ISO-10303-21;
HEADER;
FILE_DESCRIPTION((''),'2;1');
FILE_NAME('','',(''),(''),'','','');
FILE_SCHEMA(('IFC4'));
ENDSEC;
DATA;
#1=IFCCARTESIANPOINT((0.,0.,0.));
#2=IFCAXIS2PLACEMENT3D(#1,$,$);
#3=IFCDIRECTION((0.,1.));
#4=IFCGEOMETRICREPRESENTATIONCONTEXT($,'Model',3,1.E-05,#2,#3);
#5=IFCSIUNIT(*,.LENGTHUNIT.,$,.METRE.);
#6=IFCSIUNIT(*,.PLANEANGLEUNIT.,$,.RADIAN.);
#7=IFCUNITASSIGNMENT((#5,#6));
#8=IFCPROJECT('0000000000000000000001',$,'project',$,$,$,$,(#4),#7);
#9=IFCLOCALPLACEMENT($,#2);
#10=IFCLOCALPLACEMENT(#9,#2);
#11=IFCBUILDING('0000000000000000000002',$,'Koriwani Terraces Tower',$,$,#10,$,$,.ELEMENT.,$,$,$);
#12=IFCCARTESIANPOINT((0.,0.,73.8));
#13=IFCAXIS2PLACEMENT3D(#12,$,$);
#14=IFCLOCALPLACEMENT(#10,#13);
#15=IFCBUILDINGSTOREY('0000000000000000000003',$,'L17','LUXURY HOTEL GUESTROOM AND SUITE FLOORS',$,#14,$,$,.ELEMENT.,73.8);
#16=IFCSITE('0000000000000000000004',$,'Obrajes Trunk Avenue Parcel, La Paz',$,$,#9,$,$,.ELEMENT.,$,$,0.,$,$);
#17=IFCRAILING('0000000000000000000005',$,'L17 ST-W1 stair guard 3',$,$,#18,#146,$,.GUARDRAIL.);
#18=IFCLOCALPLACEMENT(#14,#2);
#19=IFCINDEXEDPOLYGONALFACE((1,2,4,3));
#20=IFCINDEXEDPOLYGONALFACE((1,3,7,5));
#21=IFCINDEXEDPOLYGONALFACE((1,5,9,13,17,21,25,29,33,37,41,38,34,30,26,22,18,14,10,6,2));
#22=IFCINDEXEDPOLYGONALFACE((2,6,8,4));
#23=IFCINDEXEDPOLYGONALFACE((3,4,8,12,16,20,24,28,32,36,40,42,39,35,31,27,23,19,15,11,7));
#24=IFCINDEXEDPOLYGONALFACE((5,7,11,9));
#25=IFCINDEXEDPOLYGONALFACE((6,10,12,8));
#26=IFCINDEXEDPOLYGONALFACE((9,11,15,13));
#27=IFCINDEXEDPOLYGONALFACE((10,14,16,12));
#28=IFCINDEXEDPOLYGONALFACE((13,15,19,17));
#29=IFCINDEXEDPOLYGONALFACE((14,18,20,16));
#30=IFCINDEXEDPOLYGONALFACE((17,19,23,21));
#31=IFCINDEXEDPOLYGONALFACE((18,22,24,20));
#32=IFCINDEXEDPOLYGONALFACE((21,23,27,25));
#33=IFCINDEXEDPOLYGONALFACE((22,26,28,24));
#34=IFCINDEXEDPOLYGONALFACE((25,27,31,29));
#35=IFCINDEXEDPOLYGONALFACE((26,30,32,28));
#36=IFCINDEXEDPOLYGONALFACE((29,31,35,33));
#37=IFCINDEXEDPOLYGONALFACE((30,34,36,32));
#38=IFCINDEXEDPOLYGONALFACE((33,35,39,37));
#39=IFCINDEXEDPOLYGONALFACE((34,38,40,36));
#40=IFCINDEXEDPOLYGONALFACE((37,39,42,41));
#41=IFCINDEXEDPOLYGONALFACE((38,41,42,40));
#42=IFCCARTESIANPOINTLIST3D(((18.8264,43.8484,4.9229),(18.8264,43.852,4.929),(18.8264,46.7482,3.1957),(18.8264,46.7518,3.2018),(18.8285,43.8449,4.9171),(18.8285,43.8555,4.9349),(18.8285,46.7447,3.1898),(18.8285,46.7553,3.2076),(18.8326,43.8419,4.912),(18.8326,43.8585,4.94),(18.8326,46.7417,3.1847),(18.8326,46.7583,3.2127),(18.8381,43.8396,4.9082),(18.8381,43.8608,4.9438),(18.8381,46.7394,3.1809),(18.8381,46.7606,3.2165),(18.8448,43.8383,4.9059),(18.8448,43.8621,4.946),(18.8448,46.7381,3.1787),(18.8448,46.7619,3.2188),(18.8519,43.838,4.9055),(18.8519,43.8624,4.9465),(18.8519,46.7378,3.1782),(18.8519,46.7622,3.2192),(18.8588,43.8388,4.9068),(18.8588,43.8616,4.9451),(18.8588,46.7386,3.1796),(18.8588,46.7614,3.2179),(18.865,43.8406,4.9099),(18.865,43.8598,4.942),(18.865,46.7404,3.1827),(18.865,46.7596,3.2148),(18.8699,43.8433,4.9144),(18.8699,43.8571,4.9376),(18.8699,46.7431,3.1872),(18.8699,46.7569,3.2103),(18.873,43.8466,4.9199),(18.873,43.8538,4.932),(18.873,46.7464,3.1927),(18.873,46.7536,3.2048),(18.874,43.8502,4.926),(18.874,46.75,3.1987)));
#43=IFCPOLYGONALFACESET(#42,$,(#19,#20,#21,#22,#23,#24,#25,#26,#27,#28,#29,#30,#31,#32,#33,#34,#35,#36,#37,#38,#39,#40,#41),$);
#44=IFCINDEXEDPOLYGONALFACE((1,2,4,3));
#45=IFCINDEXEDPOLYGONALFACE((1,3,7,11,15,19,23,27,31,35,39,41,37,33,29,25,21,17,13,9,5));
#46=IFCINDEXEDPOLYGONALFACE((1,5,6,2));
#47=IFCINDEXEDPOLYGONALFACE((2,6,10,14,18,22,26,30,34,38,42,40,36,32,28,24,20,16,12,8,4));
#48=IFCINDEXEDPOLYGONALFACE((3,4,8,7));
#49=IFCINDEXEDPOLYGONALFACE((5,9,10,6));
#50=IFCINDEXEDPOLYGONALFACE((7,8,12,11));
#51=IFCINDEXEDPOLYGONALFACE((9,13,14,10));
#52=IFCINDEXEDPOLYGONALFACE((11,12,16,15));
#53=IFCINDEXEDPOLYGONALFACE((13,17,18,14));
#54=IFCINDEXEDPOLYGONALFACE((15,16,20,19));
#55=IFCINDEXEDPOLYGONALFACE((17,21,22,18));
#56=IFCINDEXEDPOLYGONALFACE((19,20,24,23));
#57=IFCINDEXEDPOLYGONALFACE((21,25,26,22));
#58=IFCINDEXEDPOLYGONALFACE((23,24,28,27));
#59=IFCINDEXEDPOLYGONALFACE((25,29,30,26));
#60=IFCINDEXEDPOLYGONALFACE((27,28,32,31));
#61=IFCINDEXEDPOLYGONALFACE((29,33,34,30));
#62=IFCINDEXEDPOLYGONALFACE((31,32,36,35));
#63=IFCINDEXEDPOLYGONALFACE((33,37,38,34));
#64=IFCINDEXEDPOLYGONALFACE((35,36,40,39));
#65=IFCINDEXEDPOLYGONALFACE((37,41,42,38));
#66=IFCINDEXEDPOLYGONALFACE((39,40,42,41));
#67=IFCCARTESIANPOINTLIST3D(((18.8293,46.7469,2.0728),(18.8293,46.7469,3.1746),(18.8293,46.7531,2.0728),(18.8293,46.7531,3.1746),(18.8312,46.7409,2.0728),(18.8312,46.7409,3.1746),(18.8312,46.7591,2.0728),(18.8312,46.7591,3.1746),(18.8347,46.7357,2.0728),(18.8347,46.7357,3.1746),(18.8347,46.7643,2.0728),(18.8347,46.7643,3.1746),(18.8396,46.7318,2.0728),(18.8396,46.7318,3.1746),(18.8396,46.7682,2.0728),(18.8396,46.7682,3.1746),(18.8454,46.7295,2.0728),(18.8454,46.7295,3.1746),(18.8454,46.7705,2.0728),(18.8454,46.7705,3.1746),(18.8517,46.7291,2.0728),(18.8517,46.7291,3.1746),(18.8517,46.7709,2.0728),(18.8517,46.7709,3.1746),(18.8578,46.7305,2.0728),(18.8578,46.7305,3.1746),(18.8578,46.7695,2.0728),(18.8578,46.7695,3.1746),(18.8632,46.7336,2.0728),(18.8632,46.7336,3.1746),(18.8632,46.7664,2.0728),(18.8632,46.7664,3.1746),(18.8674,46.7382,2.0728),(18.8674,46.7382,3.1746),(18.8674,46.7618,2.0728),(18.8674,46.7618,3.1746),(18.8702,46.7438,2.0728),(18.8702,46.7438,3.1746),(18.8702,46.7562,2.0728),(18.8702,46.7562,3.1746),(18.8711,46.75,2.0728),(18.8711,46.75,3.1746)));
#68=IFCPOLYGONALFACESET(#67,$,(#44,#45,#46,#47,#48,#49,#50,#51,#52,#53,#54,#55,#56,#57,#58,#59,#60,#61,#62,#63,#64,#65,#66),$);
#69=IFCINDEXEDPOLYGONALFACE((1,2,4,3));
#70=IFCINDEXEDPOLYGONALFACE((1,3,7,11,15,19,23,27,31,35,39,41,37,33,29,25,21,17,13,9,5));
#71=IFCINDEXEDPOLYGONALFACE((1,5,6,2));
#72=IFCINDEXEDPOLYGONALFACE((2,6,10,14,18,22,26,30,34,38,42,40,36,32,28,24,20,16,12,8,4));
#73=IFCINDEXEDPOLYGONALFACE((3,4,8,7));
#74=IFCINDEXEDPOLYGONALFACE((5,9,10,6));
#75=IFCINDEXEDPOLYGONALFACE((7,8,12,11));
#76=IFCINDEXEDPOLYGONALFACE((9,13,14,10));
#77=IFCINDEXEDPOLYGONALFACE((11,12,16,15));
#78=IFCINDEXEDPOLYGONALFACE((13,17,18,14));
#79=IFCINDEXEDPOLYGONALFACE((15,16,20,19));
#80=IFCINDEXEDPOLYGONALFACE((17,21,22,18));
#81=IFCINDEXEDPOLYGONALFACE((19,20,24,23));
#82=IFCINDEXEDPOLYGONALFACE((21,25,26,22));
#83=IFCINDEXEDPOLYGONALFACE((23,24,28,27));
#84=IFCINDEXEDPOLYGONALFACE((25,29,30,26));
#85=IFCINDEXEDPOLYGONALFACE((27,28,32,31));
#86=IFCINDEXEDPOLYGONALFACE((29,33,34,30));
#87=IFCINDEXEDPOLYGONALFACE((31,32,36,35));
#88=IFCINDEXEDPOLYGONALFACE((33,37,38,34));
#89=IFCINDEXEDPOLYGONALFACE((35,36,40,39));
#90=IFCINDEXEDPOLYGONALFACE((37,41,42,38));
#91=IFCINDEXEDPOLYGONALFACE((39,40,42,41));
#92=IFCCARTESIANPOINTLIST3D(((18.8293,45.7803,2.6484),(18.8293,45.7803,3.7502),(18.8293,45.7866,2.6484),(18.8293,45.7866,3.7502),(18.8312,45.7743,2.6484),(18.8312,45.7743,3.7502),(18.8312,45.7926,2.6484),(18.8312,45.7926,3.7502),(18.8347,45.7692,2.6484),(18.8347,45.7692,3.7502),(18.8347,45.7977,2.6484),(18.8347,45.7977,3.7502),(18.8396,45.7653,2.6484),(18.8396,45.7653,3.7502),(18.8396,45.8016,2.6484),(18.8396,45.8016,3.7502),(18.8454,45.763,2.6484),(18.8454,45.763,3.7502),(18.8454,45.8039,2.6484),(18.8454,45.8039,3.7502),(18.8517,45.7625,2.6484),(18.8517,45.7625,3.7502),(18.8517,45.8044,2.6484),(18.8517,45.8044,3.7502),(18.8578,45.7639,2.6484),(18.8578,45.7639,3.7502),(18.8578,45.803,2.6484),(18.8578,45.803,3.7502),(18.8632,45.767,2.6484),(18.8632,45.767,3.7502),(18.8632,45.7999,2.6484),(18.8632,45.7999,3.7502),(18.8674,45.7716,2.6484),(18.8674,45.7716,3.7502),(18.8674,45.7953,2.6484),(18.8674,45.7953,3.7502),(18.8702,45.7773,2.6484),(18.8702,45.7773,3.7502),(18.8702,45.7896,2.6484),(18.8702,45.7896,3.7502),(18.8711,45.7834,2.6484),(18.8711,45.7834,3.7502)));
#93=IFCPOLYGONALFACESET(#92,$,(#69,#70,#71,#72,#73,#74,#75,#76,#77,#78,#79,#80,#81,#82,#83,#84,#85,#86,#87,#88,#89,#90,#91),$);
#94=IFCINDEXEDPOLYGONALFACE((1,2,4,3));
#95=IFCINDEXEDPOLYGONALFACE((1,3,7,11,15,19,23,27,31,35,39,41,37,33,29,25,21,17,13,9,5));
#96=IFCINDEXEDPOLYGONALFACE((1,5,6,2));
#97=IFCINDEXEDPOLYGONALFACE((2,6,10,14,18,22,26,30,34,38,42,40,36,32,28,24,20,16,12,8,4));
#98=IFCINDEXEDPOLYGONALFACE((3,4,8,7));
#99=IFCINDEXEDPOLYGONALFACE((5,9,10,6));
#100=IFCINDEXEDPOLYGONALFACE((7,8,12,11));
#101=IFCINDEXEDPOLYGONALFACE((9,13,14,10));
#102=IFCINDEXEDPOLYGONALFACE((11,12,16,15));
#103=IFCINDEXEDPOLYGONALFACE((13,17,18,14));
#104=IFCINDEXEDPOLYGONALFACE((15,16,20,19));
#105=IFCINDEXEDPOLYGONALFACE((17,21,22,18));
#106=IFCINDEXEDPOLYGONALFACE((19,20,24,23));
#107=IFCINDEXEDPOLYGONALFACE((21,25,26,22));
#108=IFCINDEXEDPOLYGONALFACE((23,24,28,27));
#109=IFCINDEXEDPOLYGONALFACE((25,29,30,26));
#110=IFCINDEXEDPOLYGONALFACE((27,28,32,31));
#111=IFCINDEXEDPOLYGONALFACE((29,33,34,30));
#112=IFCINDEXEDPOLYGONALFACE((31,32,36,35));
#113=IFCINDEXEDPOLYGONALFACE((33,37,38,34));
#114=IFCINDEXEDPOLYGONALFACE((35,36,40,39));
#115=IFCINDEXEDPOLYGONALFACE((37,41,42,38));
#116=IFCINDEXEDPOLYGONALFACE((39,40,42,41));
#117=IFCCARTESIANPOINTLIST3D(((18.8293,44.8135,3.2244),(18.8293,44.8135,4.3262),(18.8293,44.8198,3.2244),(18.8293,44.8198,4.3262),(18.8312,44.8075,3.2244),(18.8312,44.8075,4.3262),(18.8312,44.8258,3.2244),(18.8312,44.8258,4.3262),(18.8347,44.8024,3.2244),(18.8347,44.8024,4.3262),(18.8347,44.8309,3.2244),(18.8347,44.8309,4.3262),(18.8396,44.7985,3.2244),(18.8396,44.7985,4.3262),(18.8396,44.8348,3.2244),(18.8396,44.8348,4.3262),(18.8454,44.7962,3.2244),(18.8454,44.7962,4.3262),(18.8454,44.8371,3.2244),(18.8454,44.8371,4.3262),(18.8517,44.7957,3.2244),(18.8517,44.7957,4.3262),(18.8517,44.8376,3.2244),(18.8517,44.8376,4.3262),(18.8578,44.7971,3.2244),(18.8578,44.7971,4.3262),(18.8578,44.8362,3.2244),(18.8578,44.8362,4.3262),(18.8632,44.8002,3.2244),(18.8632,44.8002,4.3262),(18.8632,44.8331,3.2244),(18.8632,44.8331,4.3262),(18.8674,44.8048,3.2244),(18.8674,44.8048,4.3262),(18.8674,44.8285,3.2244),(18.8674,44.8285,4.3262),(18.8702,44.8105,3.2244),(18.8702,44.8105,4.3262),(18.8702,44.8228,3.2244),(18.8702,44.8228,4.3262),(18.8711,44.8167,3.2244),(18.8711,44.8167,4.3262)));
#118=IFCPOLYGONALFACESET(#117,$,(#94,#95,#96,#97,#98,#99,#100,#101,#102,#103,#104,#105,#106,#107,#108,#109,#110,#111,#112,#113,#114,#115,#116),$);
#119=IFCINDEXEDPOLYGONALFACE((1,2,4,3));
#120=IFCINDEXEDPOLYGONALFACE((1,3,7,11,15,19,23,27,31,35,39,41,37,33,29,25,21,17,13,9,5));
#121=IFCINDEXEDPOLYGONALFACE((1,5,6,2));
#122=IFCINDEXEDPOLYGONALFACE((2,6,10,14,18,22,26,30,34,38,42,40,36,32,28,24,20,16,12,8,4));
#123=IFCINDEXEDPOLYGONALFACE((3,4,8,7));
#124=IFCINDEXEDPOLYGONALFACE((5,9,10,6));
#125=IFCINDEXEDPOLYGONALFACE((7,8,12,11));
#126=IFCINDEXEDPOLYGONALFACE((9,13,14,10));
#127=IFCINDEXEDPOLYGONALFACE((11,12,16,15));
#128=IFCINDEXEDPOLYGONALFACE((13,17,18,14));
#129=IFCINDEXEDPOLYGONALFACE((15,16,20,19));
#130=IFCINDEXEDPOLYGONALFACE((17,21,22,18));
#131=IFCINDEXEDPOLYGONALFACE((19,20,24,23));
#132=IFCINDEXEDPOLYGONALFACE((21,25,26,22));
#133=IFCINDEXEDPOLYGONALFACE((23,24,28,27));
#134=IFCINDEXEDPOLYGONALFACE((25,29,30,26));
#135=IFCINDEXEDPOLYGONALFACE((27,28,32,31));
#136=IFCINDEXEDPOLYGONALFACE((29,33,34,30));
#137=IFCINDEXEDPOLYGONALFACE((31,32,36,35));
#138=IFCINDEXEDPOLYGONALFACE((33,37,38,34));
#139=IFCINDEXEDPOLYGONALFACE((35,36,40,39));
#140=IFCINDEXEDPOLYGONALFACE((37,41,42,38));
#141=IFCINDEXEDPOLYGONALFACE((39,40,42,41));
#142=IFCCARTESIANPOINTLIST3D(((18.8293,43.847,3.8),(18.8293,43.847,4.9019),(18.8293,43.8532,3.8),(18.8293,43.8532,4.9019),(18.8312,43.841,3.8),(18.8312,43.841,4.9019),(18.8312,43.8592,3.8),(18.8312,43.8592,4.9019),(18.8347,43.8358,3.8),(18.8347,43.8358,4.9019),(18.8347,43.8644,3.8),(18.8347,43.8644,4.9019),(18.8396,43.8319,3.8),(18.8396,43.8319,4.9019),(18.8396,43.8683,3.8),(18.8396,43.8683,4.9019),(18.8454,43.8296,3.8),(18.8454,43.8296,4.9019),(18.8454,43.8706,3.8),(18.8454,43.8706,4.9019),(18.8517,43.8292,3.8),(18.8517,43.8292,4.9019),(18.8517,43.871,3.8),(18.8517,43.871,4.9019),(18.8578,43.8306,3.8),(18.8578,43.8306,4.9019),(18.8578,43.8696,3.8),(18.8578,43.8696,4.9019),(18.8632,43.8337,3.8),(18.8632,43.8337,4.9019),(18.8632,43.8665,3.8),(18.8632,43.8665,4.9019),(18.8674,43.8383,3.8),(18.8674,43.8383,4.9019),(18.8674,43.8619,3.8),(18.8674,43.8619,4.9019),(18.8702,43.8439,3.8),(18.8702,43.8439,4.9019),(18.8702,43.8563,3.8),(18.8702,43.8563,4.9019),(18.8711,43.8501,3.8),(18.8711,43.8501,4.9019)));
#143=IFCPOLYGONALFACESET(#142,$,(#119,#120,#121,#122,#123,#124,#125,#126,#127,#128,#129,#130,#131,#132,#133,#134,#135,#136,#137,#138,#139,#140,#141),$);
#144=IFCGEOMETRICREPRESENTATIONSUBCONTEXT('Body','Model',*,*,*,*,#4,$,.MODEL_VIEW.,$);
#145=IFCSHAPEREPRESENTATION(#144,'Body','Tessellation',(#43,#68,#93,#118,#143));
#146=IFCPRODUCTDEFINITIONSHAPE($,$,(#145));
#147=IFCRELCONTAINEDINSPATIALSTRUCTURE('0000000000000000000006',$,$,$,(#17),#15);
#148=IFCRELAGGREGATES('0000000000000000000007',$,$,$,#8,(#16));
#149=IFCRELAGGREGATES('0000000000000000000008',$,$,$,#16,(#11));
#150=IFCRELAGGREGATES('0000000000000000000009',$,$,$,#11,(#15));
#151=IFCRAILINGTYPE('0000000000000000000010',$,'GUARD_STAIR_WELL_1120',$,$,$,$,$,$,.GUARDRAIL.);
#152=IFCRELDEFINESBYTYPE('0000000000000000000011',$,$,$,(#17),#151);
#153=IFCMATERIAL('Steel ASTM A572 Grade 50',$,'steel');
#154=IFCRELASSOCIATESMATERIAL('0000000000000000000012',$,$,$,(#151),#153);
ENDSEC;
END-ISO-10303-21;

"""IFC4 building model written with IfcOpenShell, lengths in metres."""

from ifc_helpers import new_model, si_unit, direction, frame, origin, origin_2d, place, context, subcontext, project, spatial, circle, extrude, material, type_object, element, save


model = new_model("IFC4")

# Units and contexts
model_context = context("Model", 3, precision=1e-05, world=origin(), true_north=direction((0.0, 1.0)))
body_context = subcontext(model_context, "Body", "Model", "MODEL_VIEW")
ifc_project = project(units=[si_unit("LENGTHUNIT", "METRE"), si_unit("PLANEANGLEUNIT", "RADIAN")], contexts=[model_context])

# Site, building, storey
site_placement = place(None, origin())
site = spatial("IfcSite", under=ifc_project, at=site_placement, Name="Obrajes Trunk Avenue Parcel, La Paz", CompositionType="ELEMENT", RefElevation=0.0)
building_placement = place(site_placement, origin())
building = spatial("IfcBuilding", under=site, at=building_placement, Name="Koriwani Terraces Tower", CompositionType="ELEMENT")
storey_placement = place(building_placement, frame((0.0, 0.0, 73.8)))
storey = spatial("IfcBuildingStorey", under=building, at=storey_placement, Name="L17", Description="LUXURY HOTEL GUESTROOM AND SUITE FLOORS", CompositionType="ELEMENT", Elevation=73.8)

# Shared definitions
ifc_material_1 = material(Name="Steel ASTM A572 Grade 50", Category="steel")

# Railing
railing_type_1 = type_object("IfcRailingType", Name="GUARD_STAIR_WELL_1120", PredefinedType="GUARDRAIL", material=ifc_material_1)
for number, where, name in (
    (1, (18.8501, 46.75, 2.0728), "L17 ST-W1 stair guard 3"),
):
    element("IfcRailing", number, at=place(storey_placement, frame(where)), inside=storey, type_object=railing_type_1, Name=name, PredefinedType="GUARDRAIL", context=body_context, shape_type="SweptSolid", body=[
        extrude(circle(Radius=0.0239, at=origin_2d()), frame((0.0, 0.0, 1.126), z_axis=(0.0, -0.859141, 0.511738), x_axis=(1.0, 0.0, 0.0)), (0.0, 0.0, 1.0), 3.3752),
        extrude(circle(Radius=0.021, at=origin_2d()), origin(), (0.0, 0.0, 1.0), 1.1018),
        extrude(circle(Radius=0.021, at=origin_2d()), frame((0.0, -0.9666, 0.5757)), (0.0, 0.0, 1.0), 1.1018),
        extrude(circle(Radius=0.021, at=origin_2d()), frame((0.0, -1.9333, 1.1516)), (0.0, 0.0, 1.0), 1.1018),
        extrude(circle(Radius=0.021, at=origin_2d()), frame((0.0, -2.8999, 1.7273)), (0.0, 0.0, 1.0), 1.1018),
    ])

save(model, "model.ifc")
